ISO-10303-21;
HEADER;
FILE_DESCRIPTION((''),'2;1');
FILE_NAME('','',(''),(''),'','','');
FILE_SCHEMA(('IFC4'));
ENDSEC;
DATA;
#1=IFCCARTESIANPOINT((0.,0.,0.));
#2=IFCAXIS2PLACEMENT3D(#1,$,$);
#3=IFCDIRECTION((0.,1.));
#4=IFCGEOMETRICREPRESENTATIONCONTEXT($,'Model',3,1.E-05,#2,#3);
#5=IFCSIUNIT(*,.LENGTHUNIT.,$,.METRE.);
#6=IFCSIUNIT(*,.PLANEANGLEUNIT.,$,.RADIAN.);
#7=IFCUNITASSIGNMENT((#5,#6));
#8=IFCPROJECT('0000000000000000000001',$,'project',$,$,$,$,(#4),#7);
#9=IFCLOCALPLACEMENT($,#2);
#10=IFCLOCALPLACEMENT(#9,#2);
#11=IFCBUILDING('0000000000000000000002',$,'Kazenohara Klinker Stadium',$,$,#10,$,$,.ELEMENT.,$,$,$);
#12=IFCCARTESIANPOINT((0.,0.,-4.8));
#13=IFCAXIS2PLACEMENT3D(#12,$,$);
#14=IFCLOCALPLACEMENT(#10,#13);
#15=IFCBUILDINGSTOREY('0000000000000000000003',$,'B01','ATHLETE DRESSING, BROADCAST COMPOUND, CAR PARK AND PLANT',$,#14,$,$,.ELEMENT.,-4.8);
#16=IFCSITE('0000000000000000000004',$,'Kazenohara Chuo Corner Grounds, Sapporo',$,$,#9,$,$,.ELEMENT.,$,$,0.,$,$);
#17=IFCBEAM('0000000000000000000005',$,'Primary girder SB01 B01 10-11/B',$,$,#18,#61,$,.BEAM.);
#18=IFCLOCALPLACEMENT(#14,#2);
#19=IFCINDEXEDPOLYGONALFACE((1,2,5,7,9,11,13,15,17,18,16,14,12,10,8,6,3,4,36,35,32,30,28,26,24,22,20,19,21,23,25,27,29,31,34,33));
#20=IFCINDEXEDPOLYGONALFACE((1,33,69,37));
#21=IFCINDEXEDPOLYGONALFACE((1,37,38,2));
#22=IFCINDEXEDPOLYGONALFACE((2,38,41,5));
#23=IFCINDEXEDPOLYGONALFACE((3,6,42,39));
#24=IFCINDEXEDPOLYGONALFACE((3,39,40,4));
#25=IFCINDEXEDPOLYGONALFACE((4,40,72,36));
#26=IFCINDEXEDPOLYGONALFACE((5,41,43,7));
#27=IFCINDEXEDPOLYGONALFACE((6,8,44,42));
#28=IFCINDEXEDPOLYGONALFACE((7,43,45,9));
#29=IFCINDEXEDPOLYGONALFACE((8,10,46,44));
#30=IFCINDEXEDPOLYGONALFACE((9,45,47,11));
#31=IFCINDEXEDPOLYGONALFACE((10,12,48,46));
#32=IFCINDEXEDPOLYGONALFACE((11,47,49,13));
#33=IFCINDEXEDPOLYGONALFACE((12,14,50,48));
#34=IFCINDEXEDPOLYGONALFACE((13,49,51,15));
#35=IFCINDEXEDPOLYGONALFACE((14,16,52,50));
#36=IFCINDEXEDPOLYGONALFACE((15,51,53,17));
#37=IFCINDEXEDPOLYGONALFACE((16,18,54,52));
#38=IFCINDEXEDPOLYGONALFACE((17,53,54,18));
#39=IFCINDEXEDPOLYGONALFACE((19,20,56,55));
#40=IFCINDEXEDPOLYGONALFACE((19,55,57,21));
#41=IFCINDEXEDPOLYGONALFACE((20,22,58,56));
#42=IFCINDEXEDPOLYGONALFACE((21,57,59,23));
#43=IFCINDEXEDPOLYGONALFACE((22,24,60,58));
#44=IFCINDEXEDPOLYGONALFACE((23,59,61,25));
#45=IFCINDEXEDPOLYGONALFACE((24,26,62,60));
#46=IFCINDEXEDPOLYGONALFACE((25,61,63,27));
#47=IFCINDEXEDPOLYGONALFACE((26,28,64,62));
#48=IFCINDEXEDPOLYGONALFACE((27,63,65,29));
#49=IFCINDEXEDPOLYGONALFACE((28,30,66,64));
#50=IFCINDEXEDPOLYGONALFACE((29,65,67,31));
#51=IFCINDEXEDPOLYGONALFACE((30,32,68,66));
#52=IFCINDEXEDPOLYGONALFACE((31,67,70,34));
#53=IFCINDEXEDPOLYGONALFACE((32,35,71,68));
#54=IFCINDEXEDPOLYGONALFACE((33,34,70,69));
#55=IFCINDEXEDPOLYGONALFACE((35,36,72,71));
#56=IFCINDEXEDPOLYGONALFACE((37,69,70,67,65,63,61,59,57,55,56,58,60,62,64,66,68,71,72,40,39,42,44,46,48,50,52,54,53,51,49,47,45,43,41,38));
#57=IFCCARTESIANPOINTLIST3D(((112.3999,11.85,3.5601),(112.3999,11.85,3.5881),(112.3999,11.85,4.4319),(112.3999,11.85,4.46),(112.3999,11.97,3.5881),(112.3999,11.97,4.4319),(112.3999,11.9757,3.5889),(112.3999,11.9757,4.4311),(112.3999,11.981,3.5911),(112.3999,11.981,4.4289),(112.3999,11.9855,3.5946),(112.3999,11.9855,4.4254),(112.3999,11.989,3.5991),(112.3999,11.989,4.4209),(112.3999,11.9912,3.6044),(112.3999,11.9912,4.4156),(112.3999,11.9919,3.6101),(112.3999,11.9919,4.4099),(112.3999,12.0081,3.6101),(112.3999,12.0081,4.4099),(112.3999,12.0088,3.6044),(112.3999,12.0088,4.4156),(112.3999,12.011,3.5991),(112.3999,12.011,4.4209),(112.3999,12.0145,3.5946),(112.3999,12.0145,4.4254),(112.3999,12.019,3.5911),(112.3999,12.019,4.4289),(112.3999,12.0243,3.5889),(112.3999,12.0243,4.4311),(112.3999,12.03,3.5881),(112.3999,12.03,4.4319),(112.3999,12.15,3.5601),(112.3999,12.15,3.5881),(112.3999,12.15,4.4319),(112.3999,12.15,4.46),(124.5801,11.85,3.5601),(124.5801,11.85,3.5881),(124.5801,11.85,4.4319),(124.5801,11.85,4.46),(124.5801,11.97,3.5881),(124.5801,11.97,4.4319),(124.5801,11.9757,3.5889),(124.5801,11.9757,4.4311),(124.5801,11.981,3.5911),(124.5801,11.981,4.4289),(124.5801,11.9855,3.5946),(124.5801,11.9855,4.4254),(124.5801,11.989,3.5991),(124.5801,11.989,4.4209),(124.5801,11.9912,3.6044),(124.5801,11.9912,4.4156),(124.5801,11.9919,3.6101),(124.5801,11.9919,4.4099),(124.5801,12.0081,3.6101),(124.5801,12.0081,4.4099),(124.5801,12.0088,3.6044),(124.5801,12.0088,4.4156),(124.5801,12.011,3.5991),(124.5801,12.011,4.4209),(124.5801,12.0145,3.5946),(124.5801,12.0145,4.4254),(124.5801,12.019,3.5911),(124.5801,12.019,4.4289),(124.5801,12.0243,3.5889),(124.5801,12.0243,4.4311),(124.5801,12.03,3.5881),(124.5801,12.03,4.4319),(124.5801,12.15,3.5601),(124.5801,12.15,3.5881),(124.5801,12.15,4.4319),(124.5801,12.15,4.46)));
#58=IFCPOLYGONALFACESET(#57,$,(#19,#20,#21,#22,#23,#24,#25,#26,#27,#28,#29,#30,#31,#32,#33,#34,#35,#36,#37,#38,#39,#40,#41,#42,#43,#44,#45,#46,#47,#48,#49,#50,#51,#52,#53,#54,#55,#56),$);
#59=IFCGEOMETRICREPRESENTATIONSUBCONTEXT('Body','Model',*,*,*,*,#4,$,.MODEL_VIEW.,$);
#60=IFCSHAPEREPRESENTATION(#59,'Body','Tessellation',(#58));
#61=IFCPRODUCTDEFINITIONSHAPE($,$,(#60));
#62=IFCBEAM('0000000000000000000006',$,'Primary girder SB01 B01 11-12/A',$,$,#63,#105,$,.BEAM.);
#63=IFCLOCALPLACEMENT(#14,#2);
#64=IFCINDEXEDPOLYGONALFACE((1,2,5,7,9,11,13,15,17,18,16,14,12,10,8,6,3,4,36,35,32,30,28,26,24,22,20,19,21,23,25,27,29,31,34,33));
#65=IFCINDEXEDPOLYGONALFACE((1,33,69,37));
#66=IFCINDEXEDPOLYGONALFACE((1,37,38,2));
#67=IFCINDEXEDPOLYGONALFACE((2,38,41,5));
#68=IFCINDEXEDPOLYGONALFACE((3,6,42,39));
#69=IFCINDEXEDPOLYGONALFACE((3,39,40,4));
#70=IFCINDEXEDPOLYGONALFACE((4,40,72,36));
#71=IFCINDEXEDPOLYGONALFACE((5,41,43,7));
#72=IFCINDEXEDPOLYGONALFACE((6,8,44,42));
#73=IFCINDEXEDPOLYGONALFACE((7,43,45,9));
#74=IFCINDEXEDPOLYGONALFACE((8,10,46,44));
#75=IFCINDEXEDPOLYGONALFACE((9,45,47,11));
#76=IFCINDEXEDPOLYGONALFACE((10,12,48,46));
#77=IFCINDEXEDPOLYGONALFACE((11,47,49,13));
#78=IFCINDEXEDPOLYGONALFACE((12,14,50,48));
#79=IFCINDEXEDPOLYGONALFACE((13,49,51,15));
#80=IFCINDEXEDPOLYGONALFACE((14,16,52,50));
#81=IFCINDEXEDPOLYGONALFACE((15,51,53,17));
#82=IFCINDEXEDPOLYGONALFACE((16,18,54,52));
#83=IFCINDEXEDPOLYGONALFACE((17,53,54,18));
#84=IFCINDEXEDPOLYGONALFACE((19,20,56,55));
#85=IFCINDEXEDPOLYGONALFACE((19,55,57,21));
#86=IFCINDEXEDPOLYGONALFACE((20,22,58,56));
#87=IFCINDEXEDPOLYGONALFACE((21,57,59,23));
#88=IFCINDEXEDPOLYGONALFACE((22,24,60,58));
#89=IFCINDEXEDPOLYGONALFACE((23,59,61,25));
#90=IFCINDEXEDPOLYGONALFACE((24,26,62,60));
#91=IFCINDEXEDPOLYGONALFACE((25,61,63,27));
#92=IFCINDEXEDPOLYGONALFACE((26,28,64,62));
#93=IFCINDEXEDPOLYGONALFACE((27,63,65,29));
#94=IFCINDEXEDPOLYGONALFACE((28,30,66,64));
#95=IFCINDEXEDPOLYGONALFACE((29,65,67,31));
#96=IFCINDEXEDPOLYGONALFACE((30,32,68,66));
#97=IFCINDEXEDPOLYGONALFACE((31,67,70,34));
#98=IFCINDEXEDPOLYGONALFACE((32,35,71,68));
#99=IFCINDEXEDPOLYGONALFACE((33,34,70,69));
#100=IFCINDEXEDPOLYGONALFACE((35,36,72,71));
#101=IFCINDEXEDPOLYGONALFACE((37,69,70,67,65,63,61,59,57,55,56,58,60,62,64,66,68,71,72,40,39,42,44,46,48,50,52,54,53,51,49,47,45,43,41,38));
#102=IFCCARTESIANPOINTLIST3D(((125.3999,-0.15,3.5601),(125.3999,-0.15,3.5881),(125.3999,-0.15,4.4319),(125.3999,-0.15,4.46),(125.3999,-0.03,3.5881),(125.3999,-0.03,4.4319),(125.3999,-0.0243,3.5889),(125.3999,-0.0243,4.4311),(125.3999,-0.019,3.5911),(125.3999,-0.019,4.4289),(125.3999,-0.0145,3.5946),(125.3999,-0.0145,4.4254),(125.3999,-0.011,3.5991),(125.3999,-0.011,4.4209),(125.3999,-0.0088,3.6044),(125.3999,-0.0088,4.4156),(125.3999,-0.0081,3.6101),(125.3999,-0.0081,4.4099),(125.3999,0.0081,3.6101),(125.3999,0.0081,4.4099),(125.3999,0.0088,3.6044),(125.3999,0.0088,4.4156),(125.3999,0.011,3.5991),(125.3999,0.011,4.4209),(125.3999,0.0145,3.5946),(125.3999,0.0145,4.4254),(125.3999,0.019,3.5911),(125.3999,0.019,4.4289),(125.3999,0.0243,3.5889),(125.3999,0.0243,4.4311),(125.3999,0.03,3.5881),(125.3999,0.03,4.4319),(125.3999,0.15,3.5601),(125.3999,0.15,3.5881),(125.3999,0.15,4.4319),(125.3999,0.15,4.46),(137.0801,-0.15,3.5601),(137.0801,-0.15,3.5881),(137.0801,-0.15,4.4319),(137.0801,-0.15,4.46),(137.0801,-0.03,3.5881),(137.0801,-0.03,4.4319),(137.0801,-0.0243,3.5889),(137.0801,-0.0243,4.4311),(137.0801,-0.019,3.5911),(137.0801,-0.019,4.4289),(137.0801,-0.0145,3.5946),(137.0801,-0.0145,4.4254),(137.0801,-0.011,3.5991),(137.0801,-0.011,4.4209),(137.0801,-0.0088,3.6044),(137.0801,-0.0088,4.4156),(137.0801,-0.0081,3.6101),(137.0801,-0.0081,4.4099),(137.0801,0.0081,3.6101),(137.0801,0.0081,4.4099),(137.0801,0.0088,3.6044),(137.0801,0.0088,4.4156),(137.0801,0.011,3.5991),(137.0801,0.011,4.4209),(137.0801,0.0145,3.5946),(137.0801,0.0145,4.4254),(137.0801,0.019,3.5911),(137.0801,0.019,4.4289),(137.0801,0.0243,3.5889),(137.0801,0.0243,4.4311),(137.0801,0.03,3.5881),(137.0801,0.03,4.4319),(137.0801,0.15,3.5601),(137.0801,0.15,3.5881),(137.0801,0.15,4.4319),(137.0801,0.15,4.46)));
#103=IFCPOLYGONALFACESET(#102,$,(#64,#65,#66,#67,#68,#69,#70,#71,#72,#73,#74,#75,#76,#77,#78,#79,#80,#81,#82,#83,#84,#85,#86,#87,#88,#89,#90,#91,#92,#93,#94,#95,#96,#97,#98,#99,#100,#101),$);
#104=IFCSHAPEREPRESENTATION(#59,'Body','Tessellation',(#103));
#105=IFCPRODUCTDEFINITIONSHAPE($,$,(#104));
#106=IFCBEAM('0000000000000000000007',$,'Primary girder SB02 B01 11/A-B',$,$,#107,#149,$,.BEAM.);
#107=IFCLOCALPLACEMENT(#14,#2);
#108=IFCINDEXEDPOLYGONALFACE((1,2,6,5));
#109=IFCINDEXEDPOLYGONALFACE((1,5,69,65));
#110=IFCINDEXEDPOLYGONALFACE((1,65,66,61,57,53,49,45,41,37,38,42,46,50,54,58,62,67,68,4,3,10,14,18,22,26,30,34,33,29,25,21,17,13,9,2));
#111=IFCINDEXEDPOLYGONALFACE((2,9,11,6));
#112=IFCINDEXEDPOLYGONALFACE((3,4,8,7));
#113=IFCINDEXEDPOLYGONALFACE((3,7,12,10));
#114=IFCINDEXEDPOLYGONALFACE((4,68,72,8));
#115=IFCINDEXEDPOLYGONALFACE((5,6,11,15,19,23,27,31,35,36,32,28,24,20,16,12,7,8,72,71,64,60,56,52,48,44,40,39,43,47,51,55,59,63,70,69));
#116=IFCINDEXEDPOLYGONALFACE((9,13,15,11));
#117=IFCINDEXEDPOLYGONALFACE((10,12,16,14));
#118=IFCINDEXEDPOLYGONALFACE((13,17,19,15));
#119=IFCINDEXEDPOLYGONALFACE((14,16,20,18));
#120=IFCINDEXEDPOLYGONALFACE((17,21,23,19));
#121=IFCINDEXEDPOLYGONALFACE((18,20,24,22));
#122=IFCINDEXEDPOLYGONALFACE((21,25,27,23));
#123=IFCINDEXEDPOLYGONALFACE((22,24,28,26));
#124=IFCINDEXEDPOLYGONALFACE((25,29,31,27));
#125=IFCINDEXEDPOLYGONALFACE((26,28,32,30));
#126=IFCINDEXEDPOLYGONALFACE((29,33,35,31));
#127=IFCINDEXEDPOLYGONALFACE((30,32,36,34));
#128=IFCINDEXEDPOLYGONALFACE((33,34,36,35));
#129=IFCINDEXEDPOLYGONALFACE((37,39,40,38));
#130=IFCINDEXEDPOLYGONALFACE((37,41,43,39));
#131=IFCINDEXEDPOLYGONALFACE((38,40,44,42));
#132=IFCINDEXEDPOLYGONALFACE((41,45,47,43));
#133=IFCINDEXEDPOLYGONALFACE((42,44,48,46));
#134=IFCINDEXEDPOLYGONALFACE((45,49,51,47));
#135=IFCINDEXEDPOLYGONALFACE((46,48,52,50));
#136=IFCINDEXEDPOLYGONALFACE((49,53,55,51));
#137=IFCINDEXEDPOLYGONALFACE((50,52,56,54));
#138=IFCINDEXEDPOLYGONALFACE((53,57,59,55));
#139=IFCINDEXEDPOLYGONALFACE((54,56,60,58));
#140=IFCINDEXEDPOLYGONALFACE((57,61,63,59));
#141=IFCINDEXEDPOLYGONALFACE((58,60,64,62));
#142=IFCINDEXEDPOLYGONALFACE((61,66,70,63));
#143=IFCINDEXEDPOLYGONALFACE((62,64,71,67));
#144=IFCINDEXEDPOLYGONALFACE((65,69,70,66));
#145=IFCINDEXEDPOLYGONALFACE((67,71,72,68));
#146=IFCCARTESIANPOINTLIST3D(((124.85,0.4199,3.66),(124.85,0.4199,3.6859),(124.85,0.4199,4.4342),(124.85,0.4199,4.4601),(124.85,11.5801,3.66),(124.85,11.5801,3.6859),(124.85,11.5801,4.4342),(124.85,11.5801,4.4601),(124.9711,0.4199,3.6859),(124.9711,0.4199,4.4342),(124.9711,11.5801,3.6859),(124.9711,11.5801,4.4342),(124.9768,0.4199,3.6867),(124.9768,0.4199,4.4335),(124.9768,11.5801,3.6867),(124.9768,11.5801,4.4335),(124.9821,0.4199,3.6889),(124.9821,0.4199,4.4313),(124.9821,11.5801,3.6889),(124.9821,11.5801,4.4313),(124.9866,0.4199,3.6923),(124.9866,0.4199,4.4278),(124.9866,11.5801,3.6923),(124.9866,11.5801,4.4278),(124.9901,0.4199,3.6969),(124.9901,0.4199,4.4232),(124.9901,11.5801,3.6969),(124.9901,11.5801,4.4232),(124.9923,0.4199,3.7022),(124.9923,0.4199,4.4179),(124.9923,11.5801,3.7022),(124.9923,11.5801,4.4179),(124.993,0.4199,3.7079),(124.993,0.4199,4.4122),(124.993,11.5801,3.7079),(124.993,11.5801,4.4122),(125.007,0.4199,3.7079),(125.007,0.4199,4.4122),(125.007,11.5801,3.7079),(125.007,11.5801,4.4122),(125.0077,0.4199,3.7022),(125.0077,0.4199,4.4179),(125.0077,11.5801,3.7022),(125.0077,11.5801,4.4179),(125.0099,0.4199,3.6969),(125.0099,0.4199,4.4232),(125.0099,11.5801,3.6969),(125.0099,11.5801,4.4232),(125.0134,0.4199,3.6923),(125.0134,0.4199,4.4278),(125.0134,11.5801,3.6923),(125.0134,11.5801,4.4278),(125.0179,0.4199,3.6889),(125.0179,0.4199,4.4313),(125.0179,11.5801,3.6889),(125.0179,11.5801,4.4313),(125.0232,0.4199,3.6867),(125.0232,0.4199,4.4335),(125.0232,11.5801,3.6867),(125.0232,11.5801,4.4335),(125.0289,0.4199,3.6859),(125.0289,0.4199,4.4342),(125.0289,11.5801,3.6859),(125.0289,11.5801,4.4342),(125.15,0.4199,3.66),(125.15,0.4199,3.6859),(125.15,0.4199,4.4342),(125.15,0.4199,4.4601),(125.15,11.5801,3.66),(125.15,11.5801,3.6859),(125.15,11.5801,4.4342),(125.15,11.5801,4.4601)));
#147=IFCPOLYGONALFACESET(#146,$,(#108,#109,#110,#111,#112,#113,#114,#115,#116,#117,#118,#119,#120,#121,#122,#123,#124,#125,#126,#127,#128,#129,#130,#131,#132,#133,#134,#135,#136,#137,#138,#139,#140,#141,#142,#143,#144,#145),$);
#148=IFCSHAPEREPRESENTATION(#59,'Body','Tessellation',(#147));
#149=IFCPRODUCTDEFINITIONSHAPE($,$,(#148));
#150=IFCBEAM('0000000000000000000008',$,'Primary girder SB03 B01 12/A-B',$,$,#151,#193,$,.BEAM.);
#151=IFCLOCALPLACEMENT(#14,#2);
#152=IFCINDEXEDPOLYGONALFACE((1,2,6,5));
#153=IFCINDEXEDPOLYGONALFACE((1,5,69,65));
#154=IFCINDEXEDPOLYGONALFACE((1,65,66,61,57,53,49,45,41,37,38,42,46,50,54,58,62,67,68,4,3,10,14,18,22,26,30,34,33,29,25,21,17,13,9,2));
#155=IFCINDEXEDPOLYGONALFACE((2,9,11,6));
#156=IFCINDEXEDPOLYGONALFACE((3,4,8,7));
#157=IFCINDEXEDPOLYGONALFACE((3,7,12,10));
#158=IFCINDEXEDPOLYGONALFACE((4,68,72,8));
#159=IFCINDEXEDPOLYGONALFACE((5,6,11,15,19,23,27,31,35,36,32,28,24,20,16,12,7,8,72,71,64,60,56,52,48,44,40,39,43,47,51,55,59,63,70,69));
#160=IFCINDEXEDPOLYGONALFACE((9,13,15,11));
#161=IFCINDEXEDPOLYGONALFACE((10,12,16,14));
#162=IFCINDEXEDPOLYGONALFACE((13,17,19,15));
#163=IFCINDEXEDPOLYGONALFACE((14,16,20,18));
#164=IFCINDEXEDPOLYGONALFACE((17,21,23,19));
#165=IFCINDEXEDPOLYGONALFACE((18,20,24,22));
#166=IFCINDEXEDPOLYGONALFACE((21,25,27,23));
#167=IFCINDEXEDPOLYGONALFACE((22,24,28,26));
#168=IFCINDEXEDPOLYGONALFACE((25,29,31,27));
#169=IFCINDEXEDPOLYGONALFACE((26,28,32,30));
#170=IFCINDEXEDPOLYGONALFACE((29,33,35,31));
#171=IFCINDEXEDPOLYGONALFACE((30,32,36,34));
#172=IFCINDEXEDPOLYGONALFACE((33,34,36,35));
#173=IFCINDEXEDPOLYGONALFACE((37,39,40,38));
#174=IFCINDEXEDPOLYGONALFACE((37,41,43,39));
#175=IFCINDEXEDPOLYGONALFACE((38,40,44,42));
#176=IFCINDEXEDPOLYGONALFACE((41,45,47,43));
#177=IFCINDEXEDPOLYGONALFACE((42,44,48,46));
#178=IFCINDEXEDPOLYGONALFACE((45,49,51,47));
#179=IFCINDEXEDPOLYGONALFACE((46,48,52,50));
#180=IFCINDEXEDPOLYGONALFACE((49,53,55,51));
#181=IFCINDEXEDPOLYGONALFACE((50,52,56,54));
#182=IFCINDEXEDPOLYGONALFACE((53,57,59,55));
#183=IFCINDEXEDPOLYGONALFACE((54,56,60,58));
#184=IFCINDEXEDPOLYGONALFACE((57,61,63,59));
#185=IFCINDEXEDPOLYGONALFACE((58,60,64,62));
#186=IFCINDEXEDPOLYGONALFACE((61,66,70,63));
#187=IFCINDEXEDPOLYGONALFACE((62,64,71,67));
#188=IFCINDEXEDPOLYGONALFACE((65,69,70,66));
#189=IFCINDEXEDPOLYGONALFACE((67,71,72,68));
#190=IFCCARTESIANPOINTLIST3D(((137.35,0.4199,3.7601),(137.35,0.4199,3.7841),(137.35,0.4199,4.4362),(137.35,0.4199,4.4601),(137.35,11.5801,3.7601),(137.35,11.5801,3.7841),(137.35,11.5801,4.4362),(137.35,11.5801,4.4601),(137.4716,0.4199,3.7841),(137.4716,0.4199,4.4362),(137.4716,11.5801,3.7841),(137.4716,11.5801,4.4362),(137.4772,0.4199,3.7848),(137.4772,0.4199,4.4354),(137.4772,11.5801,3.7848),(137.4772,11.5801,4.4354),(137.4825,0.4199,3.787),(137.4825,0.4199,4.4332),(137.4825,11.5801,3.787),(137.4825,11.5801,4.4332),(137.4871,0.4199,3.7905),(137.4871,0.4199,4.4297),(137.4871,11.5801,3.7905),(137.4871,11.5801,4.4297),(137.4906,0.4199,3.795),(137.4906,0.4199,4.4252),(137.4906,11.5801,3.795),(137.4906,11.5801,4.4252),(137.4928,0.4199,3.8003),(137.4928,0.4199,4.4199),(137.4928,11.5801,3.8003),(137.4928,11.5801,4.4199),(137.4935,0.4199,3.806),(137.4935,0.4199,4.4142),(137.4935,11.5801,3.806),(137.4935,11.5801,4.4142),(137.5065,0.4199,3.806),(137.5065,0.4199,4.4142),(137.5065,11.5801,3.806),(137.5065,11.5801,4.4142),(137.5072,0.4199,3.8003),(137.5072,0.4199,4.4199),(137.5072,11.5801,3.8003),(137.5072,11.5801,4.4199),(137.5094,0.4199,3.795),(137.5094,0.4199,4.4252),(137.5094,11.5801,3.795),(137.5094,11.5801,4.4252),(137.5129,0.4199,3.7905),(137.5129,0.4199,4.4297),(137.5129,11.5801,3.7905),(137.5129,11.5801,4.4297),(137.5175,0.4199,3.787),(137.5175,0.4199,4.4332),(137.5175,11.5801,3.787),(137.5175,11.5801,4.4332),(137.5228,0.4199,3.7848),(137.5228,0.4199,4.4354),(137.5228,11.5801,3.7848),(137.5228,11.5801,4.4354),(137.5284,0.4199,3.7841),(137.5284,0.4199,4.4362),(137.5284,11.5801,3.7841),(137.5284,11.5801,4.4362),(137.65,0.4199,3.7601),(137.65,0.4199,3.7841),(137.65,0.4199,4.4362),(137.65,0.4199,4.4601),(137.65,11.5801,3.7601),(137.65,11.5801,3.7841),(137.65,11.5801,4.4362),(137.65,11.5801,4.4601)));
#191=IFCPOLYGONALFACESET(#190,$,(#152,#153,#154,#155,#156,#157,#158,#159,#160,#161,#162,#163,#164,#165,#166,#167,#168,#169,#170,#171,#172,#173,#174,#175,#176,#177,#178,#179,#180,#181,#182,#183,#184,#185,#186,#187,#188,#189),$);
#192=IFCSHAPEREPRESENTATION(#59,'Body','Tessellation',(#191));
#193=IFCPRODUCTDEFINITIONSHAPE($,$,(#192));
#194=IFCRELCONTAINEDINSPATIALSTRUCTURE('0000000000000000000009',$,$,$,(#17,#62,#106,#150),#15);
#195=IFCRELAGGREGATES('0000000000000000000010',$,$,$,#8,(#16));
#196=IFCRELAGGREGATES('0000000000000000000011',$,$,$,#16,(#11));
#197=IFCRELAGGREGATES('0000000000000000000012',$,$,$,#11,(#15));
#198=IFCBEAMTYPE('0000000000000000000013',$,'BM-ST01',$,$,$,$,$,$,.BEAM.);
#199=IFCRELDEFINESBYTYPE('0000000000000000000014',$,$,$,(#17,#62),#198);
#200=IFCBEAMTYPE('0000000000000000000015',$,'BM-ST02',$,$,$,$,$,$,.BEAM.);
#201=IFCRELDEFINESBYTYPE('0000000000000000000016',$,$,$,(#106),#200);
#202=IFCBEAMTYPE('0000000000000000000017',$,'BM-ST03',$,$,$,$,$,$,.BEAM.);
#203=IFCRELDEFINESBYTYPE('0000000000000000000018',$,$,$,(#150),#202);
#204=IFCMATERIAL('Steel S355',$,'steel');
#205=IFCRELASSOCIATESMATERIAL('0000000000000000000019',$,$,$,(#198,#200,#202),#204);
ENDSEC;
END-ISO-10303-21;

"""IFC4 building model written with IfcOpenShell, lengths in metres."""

from ifc_helpers import new_model, si_unit, direction, frame, origin, origin_2d, place, context, subcontext, project, spatial, i_section, extrude, material, material_profile, profile_set, type_object, element, save


model = new_model("IFC4")

# Units and contexts
model_context = context("Model", 3, precision=1e-05, world=origin(), true_north=direction((0.0, 1.0)))
body_context = subcontext(model_context, "Body", "Model", "MODEL_VIEW")
ifc_project = project(units=[si_unit("LENGTHUNIT", "METRE"), si_unit("PLANEANGLEUNIT", "RADIAN")], contexts=[model_context])

# Site, building, storey
site_placement = place(None, origin())
site = spatial("IfcSite", under=ifc_project, at=site_placement, Name="Kazenohara Chuo Corner Grounds, Sapporo", CompositionType="ELEMENT", RefElevation=0.0)
building_placement = place(site_placement, origin())
building = spatial("IfcBuilding", under=site, at=building_placement, Name="Kazenohara Klinker Stadium", CompositionType="ELEMENT")
storey_placement = place(building_placement, frame((0.0, 0.0, -4.8)))
storey = spatial("IfcBuildingStorey", under=building, at=storey_placement, Name="B01", Description="ATHLETE DRESSING, BROADCAST COMPOUND, CAR PARK AND PLANT", CompositionType="ELEMENT", Elevation=-4.8)

# Beams
ifc_material_1 = material(Name="Steel S355", Category="steel")
ifc_material_profile_1 = material_profile(ifc_material_1, i_section(OverallWidth=0.3, OverallDepth=0.8999, WebThickness=0.0161, FlangeThickness=0.0281, FilletRadius=0.022, at=origin_2d()), Name="H-900x300x16x28")
ifc_profile_set_1 = profile_set([ifc_material_profile_1], Name="Steel S355")
beam_type_1 = type_object("IfcBeamType", Name="BM-ST01", PredefinedType="BEAM", material=ifc_profile_set_1)
beam_1_placement = place(storey_placement, frame((112.3999, 12.0, 4.01), z_axis=(1.0, 0.0, 0.0), x_axis=(0.0, 1.0, 0.0)))
element("IfcBeam", 1, at=beam_1_placement, inside=storey, type_object=beam_type_1, Name="Primary girder SB01 B01 10-11/B", PredefinedType="BEAM", context=body_context, shape_type="SweptSolid", body=[
    extrude(i_section(OverallWidth=0.3, OverallDepth=0.8999, WebThickness=0.0161, FlangeThickness=0.0281, FilletRadius=0.022, at=origin_2d()), origin(), (0.0, 0.0, 1.0), 12.1802),
])
beam_2_placement = place(storey_placement, frame((125.3999, 0.0, 4.01), z_axis=(1.0, 0.0, 0.0), x_axis=(0.0, 1.0, 0.0)))
element("IfcBeam", 2, at=beam_2_placement, inside=storey, type_object=beam_type_1, Name="Primary girder SB01 B01 11-12/A", PredefinedType="BEAM", context=body_context, shape_type="SweptSolid", body=[
    extrude(i_section(OverallWidth=0.3, OverallDepth=0.8999, WebThickness=0.0161, FlangeThickness=0.0281, FilletRadius=0.022, at=origin_2d()), origin(), (0.0, 0.0, 1.0), 11.6802),
])
ifc_material_profile_2 = material_profile(ifc_material_1, i_section(OverallWidth=0.3, OverallDepth=0.8, WebThickness=0.0139, FlangeThickness=0.0259, FilletRadius=0.022, at=origin_2d()), Name="H-800x300x14x26")
ifc_profile_set_2 = profile_set([ifc_material_profile_2], Name="Steel S355")
beam_type_2 = type_object("IfcBeamType", Name="BM-ST02", PredefinedType="BEAM", material=ifc_profile_set_2)
beam_3_placement = place(storey_placement, frame((125.0, 0.4199, 4.0601), z_axis=(0.0, 1.0, 0.0), x_axis=(-1.0, 0.0, 0.0)))
element("IfcBeam", 3, at=beam_3_placement, inside=storey, type_object=beam_type_2, Name="Primary girder SB02 B01 11/A-B", PredefinedType="BEAM", context=body_context, shape_type="SweptSolid", body=[
    extrude(i_section(OverallWidth=0.3, OverallDepth=0.8, WebThickness=0.0139, FlangeThickness=0.0259, FilletRadius=0.022, at=origin_2d()), origin(), (0.0, 0.0, 1.0), 11.1602),
])
ifc_material_profile_3 = material_profile(ifc_material_1, i_section(OverallWidth=0.3, OverallDepth=0.7, WebThickness=0.0129, FlangeThickness=0.0239, FilletRadius=0.022, at=origin_2d()), Name="H-700x300x13x24")
ifc_profile_set_3 = profile_set([ifc_material_profile_3], Name="Steel S355")
beam_type_3 = type_object("IfcBeamType", Name="BM-ST03", PredefinedType="BEAM", material=ifc_profile_set_3)
beam_4_placement = place(storey_placement, frame((137.5, 0.4199, 4.1101), z_axis=(0.0, 1.0, 0.0), x_axis=(-1.0, 0.0, 0.0)))
element("IfcBeam", 4, at=beam_4_placement, inside=storey, type_object=beam_type_3, Name="Primary girder SB03 B01 12/A-B", PredefinedType="BEAM", context=body_context, shape_type="SweptSolid", body=[
    extrude(i_section(OverallWidth=0.3, OverallDepth=0.7, WebThickness=0.0129, FlangeThickness=0.0239, FilletRadius=0.022, at=origin_2d()), origin(), (0.0, 0.0, 1.0), 11.1602),
])

save(model, "model.ifc")
